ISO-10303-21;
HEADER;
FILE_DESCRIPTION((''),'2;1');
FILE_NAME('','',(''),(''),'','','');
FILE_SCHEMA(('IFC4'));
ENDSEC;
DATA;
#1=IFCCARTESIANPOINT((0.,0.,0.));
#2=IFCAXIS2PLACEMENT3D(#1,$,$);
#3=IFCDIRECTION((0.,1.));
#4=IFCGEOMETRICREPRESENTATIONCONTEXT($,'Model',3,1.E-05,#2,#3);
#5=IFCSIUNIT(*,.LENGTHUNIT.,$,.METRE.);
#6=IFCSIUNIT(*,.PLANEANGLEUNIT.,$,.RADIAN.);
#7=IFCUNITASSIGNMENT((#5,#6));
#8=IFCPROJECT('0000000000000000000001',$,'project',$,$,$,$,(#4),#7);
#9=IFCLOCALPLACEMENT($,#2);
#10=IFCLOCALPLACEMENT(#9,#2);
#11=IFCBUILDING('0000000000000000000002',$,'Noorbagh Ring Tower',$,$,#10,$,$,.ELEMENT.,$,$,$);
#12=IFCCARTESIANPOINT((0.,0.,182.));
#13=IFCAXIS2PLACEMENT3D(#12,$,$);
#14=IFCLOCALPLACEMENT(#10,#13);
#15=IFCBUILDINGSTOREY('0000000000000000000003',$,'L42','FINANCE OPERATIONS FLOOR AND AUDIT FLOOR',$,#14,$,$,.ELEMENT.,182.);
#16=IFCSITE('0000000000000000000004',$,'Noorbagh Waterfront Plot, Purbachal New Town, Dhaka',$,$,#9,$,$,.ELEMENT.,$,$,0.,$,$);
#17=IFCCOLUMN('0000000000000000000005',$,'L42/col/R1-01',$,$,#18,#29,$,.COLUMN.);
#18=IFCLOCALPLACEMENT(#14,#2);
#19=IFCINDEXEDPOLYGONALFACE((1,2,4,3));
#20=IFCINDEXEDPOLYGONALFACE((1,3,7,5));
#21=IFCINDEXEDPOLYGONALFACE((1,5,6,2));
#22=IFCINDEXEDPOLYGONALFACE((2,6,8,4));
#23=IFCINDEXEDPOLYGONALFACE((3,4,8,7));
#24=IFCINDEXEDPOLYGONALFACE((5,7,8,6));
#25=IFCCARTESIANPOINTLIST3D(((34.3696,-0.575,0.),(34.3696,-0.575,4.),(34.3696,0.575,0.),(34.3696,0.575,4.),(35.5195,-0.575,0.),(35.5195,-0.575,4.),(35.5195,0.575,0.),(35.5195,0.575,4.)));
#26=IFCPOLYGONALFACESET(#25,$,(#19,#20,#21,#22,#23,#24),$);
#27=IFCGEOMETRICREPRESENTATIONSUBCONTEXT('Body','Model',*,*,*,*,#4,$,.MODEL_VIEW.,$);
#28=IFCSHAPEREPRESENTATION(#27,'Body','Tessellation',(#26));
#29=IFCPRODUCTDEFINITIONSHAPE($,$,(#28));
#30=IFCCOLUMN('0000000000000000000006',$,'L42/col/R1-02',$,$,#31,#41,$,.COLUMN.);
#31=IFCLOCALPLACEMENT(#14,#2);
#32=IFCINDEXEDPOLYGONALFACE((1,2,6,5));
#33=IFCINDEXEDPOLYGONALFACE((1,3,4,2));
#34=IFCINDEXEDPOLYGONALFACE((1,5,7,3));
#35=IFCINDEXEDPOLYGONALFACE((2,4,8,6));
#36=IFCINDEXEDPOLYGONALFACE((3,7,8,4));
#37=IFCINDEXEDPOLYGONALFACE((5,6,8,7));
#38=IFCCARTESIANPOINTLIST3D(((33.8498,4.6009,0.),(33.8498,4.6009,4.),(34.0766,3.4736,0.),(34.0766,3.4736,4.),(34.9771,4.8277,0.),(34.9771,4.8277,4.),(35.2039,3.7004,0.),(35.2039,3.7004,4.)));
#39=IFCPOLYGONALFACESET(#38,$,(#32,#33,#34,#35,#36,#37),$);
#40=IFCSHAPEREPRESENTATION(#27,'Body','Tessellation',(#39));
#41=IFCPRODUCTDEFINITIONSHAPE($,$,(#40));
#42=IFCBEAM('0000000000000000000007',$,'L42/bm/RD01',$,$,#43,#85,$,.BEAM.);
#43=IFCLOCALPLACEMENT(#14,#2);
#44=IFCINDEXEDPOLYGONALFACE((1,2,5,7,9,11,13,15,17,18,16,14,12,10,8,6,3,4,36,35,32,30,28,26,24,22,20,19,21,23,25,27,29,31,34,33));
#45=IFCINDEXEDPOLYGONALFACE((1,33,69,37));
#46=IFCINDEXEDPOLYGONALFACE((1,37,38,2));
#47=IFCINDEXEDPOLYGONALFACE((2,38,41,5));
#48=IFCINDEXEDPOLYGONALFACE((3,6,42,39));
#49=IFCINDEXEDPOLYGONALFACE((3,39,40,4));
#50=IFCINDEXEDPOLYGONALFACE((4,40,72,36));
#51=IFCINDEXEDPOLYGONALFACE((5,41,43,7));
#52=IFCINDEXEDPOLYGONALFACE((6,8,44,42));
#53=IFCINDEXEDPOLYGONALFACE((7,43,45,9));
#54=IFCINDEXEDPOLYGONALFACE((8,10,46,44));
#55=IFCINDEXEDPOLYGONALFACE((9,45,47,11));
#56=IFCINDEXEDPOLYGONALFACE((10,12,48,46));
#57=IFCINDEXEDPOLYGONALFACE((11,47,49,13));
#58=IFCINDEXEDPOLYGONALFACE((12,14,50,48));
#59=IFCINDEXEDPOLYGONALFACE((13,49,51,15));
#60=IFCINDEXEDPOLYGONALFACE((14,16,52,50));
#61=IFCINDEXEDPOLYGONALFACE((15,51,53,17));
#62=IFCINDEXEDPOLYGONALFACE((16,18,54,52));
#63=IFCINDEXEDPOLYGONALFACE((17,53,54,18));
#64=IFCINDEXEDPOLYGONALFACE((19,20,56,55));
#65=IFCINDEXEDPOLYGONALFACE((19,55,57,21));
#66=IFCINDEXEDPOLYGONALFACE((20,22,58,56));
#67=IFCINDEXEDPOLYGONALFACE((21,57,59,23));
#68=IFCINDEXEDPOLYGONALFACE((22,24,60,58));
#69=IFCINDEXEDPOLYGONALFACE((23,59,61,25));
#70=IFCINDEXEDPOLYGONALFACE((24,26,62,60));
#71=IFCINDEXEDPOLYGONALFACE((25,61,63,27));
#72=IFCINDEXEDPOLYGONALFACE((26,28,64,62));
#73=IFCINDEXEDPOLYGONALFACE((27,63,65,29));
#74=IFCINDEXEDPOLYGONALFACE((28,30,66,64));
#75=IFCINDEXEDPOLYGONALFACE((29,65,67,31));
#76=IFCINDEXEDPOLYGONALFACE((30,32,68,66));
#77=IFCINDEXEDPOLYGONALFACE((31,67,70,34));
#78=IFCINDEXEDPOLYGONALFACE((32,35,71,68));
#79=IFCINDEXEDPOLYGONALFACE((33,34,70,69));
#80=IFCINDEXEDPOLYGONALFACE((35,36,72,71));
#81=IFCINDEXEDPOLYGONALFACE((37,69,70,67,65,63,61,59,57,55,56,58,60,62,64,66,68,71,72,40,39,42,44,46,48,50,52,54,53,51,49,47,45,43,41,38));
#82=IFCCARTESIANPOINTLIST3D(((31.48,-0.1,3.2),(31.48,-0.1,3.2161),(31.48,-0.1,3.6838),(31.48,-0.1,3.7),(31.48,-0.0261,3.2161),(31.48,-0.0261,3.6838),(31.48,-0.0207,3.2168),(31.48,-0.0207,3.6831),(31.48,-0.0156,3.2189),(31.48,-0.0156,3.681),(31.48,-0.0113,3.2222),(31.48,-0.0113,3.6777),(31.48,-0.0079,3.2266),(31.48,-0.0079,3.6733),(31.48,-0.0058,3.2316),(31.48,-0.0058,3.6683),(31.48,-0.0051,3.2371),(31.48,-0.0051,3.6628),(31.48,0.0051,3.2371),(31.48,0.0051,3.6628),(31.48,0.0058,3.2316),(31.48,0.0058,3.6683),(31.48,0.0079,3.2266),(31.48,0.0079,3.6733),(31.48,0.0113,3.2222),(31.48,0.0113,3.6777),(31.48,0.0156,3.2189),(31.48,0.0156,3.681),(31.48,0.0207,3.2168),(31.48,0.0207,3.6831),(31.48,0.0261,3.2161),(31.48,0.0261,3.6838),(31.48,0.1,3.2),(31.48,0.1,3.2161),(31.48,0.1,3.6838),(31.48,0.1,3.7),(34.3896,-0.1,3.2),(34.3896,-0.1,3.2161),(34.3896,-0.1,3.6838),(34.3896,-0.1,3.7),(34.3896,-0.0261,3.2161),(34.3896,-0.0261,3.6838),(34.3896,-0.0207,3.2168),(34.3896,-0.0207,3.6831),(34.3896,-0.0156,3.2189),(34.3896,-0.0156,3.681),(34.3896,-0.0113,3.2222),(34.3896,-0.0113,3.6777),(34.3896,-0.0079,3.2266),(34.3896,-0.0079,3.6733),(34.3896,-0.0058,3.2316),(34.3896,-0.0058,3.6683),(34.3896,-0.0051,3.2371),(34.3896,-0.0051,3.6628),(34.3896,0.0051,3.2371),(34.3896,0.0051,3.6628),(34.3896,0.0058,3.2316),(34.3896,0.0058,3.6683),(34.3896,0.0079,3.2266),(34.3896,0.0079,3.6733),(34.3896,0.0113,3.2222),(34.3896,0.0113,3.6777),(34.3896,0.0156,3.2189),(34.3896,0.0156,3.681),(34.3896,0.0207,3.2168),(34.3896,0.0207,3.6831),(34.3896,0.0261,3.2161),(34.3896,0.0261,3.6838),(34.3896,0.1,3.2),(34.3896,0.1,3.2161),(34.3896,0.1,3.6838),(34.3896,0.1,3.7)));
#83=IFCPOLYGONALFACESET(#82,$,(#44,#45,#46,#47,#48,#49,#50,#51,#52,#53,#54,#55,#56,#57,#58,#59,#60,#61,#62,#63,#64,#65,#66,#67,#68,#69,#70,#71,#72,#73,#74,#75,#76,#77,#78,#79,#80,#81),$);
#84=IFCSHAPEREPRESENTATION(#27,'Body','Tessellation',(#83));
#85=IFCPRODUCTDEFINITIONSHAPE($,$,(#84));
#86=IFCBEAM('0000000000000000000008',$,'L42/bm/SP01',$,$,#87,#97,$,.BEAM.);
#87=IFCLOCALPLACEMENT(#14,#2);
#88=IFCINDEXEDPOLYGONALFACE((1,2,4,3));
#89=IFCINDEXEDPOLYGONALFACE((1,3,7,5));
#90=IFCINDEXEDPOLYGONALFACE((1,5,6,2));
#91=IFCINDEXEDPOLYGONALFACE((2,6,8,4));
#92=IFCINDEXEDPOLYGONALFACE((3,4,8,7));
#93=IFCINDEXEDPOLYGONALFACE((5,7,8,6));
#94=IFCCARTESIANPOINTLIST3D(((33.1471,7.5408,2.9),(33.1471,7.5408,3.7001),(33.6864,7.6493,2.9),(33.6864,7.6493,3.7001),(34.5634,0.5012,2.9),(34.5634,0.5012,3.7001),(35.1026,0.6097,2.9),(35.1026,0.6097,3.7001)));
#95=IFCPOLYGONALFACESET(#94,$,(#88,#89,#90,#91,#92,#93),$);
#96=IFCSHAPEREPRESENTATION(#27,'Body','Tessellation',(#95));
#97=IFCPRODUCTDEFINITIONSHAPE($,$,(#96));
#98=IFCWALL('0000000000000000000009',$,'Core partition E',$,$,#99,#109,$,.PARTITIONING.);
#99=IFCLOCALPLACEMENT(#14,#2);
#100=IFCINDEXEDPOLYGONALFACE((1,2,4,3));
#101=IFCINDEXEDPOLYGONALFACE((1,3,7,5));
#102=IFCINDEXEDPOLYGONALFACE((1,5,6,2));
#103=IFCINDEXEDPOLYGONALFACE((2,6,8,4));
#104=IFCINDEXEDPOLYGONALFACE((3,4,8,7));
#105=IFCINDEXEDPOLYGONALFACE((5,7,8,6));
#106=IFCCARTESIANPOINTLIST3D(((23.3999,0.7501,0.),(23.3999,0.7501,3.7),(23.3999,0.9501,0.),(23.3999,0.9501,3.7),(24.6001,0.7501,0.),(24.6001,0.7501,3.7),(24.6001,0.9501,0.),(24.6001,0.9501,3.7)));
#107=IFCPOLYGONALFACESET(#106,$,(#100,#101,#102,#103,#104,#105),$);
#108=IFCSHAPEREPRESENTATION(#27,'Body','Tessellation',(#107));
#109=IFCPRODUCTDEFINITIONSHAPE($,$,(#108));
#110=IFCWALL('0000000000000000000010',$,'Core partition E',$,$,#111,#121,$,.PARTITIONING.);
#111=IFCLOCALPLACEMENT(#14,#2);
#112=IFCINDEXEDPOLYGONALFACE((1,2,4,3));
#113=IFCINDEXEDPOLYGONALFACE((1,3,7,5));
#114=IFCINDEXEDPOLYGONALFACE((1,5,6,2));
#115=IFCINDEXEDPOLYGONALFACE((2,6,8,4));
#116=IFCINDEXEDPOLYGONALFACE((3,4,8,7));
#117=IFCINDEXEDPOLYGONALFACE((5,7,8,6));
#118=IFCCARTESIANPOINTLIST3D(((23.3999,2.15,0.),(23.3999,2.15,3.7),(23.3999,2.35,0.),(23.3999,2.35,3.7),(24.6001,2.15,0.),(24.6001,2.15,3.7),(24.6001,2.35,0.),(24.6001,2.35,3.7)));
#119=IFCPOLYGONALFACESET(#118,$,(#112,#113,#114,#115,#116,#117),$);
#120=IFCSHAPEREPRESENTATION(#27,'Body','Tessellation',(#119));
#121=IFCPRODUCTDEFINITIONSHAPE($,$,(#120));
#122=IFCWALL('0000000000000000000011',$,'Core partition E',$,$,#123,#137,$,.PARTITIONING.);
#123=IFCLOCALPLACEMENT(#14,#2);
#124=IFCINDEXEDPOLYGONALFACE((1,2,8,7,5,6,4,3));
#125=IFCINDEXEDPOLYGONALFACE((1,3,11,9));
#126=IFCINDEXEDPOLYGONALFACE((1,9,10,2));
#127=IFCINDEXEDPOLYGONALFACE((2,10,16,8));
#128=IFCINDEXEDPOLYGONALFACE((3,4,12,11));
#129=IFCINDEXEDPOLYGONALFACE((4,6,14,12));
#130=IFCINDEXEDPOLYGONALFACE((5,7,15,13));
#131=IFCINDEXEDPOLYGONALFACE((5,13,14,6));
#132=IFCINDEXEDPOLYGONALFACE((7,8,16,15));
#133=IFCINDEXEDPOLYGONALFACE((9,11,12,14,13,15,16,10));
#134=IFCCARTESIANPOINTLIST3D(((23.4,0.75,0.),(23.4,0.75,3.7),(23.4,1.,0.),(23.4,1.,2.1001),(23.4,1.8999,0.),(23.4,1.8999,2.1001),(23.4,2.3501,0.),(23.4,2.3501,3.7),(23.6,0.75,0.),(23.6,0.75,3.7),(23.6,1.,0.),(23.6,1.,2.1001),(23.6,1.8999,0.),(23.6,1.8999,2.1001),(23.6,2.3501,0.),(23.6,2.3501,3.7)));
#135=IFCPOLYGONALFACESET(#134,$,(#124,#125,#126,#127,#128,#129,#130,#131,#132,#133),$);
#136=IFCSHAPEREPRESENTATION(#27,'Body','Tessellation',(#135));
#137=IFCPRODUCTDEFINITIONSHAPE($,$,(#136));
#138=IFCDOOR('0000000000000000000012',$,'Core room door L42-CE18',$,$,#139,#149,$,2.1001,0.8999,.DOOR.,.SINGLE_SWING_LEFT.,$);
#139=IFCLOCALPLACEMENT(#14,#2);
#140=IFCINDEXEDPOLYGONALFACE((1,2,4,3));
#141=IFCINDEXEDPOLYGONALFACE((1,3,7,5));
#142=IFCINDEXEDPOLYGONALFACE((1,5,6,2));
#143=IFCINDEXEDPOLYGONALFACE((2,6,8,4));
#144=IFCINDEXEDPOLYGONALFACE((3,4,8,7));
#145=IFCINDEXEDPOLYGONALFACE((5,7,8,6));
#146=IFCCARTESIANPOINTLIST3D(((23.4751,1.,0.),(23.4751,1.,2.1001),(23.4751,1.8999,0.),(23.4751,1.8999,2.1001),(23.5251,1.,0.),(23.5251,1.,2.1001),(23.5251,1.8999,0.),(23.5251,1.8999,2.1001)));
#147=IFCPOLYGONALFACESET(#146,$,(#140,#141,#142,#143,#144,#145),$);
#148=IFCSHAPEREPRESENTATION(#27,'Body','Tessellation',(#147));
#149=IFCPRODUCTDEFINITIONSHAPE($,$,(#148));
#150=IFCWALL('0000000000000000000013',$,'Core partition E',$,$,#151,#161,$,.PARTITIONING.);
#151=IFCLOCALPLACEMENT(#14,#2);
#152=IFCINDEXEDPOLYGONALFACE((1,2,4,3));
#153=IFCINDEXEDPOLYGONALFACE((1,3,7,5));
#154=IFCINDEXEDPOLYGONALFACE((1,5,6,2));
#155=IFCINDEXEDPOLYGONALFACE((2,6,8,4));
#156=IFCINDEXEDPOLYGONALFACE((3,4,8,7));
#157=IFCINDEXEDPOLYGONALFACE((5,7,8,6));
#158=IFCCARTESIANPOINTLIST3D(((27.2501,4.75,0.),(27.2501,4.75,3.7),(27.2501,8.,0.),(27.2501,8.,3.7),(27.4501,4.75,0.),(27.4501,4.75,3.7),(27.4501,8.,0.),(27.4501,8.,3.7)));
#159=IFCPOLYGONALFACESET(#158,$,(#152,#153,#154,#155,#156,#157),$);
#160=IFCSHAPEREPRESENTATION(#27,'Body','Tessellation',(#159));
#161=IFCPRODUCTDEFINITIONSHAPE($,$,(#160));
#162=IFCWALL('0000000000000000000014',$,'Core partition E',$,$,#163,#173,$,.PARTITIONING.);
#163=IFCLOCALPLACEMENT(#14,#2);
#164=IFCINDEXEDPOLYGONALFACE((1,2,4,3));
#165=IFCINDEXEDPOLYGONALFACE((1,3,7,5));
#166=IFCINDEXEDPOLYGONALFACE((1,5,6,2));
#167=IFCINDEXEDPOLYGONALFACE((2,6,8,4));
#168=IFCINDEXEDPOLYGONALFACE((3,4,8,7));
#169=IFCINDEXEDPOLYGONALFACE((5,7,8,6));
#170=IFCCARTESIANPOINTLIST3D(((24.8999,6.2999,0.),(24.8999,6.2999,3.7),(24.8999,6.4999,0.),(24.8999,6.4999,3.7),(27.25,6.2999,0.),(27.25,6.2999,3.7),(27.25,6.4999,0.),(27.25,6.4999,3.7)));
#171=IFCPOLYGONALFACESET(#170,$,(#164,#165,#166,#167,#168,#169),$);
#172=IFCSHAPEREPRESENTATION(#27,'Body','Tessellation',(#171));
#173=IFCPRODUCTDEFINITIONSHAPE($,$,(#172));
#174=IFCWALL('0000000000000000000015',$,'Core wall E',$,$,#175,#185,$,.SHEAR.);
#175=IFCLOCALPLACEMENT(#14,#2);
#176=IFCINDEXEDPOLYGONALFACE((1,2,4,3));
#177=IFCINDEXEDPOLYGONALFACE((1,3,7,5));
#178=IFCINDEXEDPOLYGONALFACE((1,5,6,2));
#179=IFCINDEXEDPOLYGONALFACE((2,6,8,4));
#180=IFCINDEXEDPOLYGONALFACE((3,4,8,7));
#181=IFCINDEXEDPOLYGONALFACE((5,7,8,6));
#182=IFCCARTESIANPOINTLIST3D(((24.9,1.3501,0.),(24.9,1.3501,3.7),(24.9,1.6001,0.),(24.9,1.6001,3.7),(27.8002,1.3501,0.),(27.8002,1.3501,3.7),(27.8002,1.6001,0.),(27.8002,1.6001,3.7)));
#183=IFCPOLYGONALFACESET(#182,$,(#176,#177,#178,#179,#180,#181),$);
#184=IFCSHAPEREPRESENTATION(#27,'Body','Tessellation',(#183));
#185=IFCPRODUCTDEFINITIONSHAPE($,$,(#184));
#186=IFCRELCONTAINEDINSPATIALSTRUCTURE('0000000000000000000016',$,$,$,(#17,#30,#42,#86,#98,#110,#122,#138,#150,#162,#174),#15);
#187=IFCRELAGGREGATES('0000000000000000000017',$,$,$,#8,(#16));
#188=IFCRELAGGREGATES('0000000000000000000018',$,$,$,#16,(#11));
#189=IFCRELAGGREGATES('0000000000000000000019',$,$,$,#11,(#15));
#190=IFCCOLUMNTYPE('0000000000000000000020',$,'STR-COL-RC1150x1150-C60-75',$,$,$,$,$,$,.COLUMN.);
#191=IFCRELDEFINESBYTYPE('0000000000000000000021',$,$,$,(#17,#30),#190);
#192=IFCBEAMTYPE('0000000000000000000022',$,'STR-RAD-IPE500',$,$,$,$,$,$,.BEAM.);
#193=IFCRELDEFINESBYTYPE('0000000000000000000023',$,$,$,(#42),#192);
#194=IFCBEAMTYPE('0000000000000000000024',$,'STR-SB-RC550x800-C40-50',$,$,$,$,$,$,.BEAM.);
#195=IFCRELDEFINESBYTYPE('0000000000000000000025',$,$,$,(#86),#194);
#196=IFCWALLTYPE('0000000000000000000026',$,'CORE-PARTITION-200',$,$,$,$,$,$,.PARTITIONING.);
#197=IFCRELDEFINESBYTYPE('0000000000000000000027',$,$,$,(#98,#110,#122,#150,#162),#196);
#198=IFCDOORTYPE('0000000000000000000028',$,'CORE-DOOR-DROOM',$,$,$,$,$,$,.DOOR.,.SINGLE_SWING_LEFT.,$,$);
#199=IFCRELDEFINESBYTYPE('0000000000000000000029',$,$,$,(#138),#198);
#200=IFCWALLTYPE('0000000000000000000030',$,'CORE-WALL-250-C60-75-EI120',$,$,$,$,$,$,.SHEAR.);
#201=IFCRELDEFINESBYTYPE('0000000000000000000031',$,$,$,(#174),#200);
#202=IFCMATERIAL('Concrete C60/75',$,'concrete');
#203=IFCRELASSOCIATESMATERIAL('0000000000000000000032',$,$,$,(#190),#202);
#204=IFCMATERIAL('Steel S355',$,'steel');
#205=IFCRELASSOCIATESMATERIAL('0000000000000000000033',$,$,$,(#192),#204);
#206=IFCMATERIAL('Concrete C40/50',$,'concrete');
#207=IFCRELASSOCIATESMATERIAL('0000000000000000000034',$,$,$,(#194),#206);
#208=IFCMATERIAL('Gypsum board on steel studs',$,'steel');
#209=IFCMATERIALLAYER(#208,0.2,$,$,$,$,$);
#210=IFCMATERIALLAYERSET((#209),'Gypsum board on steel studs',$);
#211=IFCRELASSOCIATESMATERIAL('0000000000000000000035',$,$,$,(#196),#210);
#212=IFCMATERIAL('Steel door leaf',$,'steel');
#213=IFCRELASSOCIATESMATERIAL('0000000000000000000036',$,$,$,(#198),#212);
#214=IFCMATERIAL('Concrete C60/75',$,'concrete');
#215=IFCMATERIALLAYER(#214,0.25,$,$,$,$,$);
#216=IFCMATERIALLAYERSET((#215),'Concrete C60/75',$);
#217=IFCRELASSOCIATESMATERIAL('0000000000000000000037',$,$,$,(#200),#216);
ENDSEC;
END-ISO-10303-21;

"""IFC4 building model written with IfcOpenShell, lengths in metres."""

from ifc_helpers import new_model, si_unit, direction, frame, frame_2d, origin, origin_2d, place, context, subcontext, project, spatial, rectangle, i_section, extrude, material, layer, layer_set, material_profile, profile_set, type_object, element, fill, save


model = new_model("IFC4")

# Units and contexts
model_context = context("Model", 3, precision=1e-05, world=origin(), true_north=direction((0.0, 1.0)))
body_context = subcontext(model_context, "Body", "Model", "MODEL_VIEW")
ifc_project = project(units=[si_unit("LENGTHUNIT", "METRE"), si_unit("PLANEANGLEUNIT", "RADIAN")], contexts=[model_context])

# Site, building, storey
site_placement = place(None, origin())
site = spatial("IfcSite", under=ifc_project, at=site_placement, Name="Noorbagh Waterfront Plot, Purbachal New Town, Dhaka", CompositionType="ELEMENT", RefElevation=0.0)
building_placement = place(site_placement, origin())
building = spatial("IfcBuilding", under=site, at=building_placement, Name="Noorbagh Ring Tower", CompositionType="ELEMENT")
storey_placement = place(building_placement, frame((0.0, 0.0, 182.0)))
storey = spatial("IfcBuildingStorey", under=building, at=storey_placement, Name="L42", Description="FINANCE OPERATIONS FLOOR AND AUDIT FLOOR", CompositionType="ELEMENT", Elevation=182.0)

# Columns
ifc_material_1 = material(Name="Concrete C60/75", Category="concrete")
ifc_material_profile_1 = material_profile(ifc_material_1, rectangle(XDim=1.1499, YDim=1.1499, at=origin_2d()), Name="RC1150x1150")
ifc_profile_set_1 = profile_set([ifc_material_profile_1], Name="Concrete C60/75")
column_type = type_object("IfcColumnType", Name="STR-COL-RC1150x1150-C60-75", PredefinedType="COLUMN", material=ifc_profile_set_1)
for number, where, z_axis, x_axis, name in (
    (1, (34.9446, 0.0, 0.0), (0.0, 0.0, 1.0), (0.0, 1.0, 0.0), "L42/col/R1-01"),
    (2, (34.5269, 4.1506, 0.0), (0.0, 0.0, 1.0), (-0.19723, 0.980357, 0.0), "L42/col/R1-02"),
):
    element("IfcColumn", number, at=place(storey_placement, frame(where, z_axis=z_axis, x_axis=x_axis)), inside=storey, type_object=column_type, Name=name, PredefinedType="COLUMN", context=body_context, shape_type="SweptSolid", body=[
        extrude(rectangle(XDim=1.1499, YDim=1.1499, at=origin_2d()), origin(), (0.0, 0.0, 1.0), 4.0),
    ])

# Beams
ifc_material_2 = material(Name="Steel S355", Category="steel")
ifc_material_profile_2 = material_profile(ifc_material_2, i_section(OverallWidth=0.2, OverallDepth=0.5, WebThickness=0.0103, FlangeThickness=0.0161, FilletRadius=0.021, at=origin_2d()), Name="IPE500")
ifc_profile_set_2 = profile_set([ifc_material_profile_2], Name="Steel S355")
beam_type_1 = type_object("IfcBeamType", Name="STR-RAD-IPE500", PredefinedType="BEAM", material=ifc_profile_set_2)
beam_1_placement = place(storey_placement, frame((34.3896, 0.0, 3.45), z_axis=(-1.0, 0.0, 0.0), x_axis=(0.0, -1.0, 0.0)))
element("IfcBeam", 3, at=beam_1_placement, inside=storey, type_object=beam_type_1, Name="L42/bm/RD01", PredefinedType="BEAM", context=body_context, shape_type="SweptSolid", body=[
    extrude(i_section(OverallWidth=0.2, OverallDepth=0.5, WebThickness=0.0103, FlangeThickness=0.0161, FilletRadius=0.021, at=origin_2d()), origin(), (0.0, 0.0, 1.0), 2.9097),
])
ifc_material_3 = material(Name="Concrete C40/50", Category="concrete")
ifc_material_profile_3 = material_profile(ifc_material_3, rectangle(XDim=0.55, YDim=0.8, at=origin_2d()), Name="RC550x800")
ifc_profile_set_3 = profile_set([ifc_material_profile_3], Name="Concrete C40/50")
beam_type_2 = type_object("IfcBeamType", Name="STR-SB-RC550x800-C40-50", PredefinedType="BEAM", material=ifc_profile_set_3)
beam_2_placement = place(storey_placement, frame((34.833, 0.5554, 3.3), z_axis=(-0.197234, 0.980356, 0.0), x_axis=(-0.980356, -0.197234, 0.0)))
element("IfcBeam", 4, at=beam_2_placement, inside=storey, type_object=beam_type_2, Name="L42/bm/SP01", PredefinedType="BEAM", context=body_context, shape_type="SweptSolid", body=[
    extrude(rectangle(XDim=0.55, YDim=0.8, at=origin_2d()), origin(), (0.0, 0.0, 1.0), 7.1807),
])

# Walls
ifc_material_4 = material(Name="Gypsum board on steel studs", Category="steel")
ifc_layer_1 = layer(ifc_material_4, 0.2)
ifc_layer_set_1 = layer_set([ifc_layer_1], Name="Gypsum board on steel studs")
wall_type_1 = type_object("IfcWallType", Name="CORE-PARTITION-200", PredefinedType="PARTITIONING", material=ifc_layer_set_1)
for number, where, z_axis, x_axis, name in (
    (5, (23.3999, 0.8501, 0.0), (0.0, 0.0, 1.0), (1.0, 0.0, 0.0), "Core partition E"),
    (6, (23.3999, 2.25, 0.0), (0.0, 0.0, 1.0), (1.0, 0.0, 0.0), "Core partition E"),
):
    element("IfcWall", number, at=place(storey_placement, frame(where, z_axis=z_axis, x_axis=x_axis)), inside=storey, type_object=wall_type_1, Name=name, PredefinedType="PARTITIONING", context=body_context, shape_type="SweptSolid", body=[
        extrude(rectangle(XDim=1.2002, YDim=0.2, at=frame_2d((0.6001, 0.0))), origin(), (0.0, 0.0, 1.0), 3.7),
    ])

# Wall, opening, door
wall_1_placement = place(storey_placement, frame((23.5, 0.75, 0.0), z_axis=(0.0, 0.0, 1.0), x_axis=(0.0, 1.0, 0.0)))
wall_1 = element("IfcWall", 7, at=wall_1_placement, inside=storey, type_object=wall_type_1, Name="Core partition E", PredefinedType="PARTITIONING", context=body_context, shape_type="SweptSolid", body=[
    extrude(rectangle(XDim=1.6001, YDim=0.2, at=frame_2d((0.8, 0.0))), origin(), (0.0, 0.0, 1.0), 3.7),
])
opening_1_placement = place(wall_1_placement, frame((0.25, 0.0, 0.0)))
opening_1 = element("IfcOpeningElement", 8, at=opening_1_placement, cuts=wall_1, PredefinedType="OPENING", context=body_context, shape_type="SweptSolid", body=[
    extrude(rectangle(XDim=0.8999, YDim=2.1001, at=frame_2d((0.45, 1.05))), frame((0.0, 0.1099, 0.0), z_axis=(0.0, -1.0, 0.0), x_axis=(1.0, 0.0, 0.0)), (0.0, 0.0, 1.0), 0.22),
])
ifc_material_5 = material(Name="Steel door leaf", Category="steel")
door_type_1 = type_object("IfcDoorType", Name="CORE-DOOR-DROOM", OperationType="SINGLE_SWING_LEFT", PredefinedType="DOOR", material=ifc_material_5)
door_1_placement = place(opening_1_placement, origin())
door_1 = element("IfcDoor", 9, at=door_1_placement, inside=storey, type_object=door_type_1, Name="Core room door L42-CE18", OperationType="SINGLE_SWING_LEFT", OverallHeight=2.1001, OverallWidth=0.8999, PredefinedType="DOOR", context=body_context, shape_type="SweptSolid", body=[
    extrude(rectangle(XDim=0.8999, YDim=2.1001, at=frame_2d((0.45, 1.05))), frame((0.0, 0.0249, 0.0), z_axis=(0.0, -1.0, 0.0), x_axis=(1.0, 0.0, 0.0)), (0.0, 0.0, 1.0), 0.05),
])
fill(opening_1, door_1)

# Walls
wall_2_placement = place(storey_placement, frame((27.3501, 4.75, 0.0), z_axis=(0.0, 0.0, 1.0), x_axis=(0.0, 1.0, 0.0)))
element("IfcWall", 10, at=wall_2_placement, inside=storey, type_object=wall_type_1, Name="Core partition E", PredefinedType="PARTITIONING", context=body_context, shape_type="SweptSolid", body=[
    extrude(rectangle(XDim=3.25, YDim=0.2, at=frame_2d((1.625, 0.0))), origin(), (0.0, 0.0, 1.0), 3.7),
])
wall_3_placement = place(storey_placement, frame((24.8999, 6.3999, 0.0), z_axis=(0.0, 0.0, 1.0), x_axis=(1.0, 0.0, 0.0)))
element("IfcWall", 11, at=wall_3_placement, inside=storey, type_object=wall_type_1, Name="Core partition E", PredefinedType="PARTITIONING", context=body_context, shape_type="SweptSolid", body=[
    extrude(rectangle(XDim=2.3501, YDim=0.2, at=frame_2d((1.175, 0.0))), origin(), (0.0, 0.0, 1.0), 3.7),
])
ifc_material_6 = material(Name="Concrete C60/75", Category="concrete")
ifc_layer_2 = layer(ifc_material_6, 0.25)
ifc_layer_set_2 = layer_set([ifc_layer_2], Name="Concrete C60/75")
wall_type_2 = type_object("IfcWallType", Name="CORE-WALL-250-C60-75-EI120", PredefinedType="SHEAR", material=ifc_layer_set_2)
wall_4_placement = place(storey_placement, frame((24.8999, 1.4751, 0.0), z_axis=(0.0, 0.0, 1.0), x_axis=(1.0, 0.0, 0.0)))
element("IfcWall", 12, at=wall_4_placement, inside=storey, type_object=wall_type_2, Name="Core wall E", PredefinedType="SHEAR", context=body_context, shape_type="SweptSolid", body=[
    extrude(rectangle(XDim=2.9001, YDim=0.25, at=frame_2d((1.4502, 0.0))), origin(), (0.0, 0.0, 1.0), 3.7),
])

save(model, "model.ifc")
